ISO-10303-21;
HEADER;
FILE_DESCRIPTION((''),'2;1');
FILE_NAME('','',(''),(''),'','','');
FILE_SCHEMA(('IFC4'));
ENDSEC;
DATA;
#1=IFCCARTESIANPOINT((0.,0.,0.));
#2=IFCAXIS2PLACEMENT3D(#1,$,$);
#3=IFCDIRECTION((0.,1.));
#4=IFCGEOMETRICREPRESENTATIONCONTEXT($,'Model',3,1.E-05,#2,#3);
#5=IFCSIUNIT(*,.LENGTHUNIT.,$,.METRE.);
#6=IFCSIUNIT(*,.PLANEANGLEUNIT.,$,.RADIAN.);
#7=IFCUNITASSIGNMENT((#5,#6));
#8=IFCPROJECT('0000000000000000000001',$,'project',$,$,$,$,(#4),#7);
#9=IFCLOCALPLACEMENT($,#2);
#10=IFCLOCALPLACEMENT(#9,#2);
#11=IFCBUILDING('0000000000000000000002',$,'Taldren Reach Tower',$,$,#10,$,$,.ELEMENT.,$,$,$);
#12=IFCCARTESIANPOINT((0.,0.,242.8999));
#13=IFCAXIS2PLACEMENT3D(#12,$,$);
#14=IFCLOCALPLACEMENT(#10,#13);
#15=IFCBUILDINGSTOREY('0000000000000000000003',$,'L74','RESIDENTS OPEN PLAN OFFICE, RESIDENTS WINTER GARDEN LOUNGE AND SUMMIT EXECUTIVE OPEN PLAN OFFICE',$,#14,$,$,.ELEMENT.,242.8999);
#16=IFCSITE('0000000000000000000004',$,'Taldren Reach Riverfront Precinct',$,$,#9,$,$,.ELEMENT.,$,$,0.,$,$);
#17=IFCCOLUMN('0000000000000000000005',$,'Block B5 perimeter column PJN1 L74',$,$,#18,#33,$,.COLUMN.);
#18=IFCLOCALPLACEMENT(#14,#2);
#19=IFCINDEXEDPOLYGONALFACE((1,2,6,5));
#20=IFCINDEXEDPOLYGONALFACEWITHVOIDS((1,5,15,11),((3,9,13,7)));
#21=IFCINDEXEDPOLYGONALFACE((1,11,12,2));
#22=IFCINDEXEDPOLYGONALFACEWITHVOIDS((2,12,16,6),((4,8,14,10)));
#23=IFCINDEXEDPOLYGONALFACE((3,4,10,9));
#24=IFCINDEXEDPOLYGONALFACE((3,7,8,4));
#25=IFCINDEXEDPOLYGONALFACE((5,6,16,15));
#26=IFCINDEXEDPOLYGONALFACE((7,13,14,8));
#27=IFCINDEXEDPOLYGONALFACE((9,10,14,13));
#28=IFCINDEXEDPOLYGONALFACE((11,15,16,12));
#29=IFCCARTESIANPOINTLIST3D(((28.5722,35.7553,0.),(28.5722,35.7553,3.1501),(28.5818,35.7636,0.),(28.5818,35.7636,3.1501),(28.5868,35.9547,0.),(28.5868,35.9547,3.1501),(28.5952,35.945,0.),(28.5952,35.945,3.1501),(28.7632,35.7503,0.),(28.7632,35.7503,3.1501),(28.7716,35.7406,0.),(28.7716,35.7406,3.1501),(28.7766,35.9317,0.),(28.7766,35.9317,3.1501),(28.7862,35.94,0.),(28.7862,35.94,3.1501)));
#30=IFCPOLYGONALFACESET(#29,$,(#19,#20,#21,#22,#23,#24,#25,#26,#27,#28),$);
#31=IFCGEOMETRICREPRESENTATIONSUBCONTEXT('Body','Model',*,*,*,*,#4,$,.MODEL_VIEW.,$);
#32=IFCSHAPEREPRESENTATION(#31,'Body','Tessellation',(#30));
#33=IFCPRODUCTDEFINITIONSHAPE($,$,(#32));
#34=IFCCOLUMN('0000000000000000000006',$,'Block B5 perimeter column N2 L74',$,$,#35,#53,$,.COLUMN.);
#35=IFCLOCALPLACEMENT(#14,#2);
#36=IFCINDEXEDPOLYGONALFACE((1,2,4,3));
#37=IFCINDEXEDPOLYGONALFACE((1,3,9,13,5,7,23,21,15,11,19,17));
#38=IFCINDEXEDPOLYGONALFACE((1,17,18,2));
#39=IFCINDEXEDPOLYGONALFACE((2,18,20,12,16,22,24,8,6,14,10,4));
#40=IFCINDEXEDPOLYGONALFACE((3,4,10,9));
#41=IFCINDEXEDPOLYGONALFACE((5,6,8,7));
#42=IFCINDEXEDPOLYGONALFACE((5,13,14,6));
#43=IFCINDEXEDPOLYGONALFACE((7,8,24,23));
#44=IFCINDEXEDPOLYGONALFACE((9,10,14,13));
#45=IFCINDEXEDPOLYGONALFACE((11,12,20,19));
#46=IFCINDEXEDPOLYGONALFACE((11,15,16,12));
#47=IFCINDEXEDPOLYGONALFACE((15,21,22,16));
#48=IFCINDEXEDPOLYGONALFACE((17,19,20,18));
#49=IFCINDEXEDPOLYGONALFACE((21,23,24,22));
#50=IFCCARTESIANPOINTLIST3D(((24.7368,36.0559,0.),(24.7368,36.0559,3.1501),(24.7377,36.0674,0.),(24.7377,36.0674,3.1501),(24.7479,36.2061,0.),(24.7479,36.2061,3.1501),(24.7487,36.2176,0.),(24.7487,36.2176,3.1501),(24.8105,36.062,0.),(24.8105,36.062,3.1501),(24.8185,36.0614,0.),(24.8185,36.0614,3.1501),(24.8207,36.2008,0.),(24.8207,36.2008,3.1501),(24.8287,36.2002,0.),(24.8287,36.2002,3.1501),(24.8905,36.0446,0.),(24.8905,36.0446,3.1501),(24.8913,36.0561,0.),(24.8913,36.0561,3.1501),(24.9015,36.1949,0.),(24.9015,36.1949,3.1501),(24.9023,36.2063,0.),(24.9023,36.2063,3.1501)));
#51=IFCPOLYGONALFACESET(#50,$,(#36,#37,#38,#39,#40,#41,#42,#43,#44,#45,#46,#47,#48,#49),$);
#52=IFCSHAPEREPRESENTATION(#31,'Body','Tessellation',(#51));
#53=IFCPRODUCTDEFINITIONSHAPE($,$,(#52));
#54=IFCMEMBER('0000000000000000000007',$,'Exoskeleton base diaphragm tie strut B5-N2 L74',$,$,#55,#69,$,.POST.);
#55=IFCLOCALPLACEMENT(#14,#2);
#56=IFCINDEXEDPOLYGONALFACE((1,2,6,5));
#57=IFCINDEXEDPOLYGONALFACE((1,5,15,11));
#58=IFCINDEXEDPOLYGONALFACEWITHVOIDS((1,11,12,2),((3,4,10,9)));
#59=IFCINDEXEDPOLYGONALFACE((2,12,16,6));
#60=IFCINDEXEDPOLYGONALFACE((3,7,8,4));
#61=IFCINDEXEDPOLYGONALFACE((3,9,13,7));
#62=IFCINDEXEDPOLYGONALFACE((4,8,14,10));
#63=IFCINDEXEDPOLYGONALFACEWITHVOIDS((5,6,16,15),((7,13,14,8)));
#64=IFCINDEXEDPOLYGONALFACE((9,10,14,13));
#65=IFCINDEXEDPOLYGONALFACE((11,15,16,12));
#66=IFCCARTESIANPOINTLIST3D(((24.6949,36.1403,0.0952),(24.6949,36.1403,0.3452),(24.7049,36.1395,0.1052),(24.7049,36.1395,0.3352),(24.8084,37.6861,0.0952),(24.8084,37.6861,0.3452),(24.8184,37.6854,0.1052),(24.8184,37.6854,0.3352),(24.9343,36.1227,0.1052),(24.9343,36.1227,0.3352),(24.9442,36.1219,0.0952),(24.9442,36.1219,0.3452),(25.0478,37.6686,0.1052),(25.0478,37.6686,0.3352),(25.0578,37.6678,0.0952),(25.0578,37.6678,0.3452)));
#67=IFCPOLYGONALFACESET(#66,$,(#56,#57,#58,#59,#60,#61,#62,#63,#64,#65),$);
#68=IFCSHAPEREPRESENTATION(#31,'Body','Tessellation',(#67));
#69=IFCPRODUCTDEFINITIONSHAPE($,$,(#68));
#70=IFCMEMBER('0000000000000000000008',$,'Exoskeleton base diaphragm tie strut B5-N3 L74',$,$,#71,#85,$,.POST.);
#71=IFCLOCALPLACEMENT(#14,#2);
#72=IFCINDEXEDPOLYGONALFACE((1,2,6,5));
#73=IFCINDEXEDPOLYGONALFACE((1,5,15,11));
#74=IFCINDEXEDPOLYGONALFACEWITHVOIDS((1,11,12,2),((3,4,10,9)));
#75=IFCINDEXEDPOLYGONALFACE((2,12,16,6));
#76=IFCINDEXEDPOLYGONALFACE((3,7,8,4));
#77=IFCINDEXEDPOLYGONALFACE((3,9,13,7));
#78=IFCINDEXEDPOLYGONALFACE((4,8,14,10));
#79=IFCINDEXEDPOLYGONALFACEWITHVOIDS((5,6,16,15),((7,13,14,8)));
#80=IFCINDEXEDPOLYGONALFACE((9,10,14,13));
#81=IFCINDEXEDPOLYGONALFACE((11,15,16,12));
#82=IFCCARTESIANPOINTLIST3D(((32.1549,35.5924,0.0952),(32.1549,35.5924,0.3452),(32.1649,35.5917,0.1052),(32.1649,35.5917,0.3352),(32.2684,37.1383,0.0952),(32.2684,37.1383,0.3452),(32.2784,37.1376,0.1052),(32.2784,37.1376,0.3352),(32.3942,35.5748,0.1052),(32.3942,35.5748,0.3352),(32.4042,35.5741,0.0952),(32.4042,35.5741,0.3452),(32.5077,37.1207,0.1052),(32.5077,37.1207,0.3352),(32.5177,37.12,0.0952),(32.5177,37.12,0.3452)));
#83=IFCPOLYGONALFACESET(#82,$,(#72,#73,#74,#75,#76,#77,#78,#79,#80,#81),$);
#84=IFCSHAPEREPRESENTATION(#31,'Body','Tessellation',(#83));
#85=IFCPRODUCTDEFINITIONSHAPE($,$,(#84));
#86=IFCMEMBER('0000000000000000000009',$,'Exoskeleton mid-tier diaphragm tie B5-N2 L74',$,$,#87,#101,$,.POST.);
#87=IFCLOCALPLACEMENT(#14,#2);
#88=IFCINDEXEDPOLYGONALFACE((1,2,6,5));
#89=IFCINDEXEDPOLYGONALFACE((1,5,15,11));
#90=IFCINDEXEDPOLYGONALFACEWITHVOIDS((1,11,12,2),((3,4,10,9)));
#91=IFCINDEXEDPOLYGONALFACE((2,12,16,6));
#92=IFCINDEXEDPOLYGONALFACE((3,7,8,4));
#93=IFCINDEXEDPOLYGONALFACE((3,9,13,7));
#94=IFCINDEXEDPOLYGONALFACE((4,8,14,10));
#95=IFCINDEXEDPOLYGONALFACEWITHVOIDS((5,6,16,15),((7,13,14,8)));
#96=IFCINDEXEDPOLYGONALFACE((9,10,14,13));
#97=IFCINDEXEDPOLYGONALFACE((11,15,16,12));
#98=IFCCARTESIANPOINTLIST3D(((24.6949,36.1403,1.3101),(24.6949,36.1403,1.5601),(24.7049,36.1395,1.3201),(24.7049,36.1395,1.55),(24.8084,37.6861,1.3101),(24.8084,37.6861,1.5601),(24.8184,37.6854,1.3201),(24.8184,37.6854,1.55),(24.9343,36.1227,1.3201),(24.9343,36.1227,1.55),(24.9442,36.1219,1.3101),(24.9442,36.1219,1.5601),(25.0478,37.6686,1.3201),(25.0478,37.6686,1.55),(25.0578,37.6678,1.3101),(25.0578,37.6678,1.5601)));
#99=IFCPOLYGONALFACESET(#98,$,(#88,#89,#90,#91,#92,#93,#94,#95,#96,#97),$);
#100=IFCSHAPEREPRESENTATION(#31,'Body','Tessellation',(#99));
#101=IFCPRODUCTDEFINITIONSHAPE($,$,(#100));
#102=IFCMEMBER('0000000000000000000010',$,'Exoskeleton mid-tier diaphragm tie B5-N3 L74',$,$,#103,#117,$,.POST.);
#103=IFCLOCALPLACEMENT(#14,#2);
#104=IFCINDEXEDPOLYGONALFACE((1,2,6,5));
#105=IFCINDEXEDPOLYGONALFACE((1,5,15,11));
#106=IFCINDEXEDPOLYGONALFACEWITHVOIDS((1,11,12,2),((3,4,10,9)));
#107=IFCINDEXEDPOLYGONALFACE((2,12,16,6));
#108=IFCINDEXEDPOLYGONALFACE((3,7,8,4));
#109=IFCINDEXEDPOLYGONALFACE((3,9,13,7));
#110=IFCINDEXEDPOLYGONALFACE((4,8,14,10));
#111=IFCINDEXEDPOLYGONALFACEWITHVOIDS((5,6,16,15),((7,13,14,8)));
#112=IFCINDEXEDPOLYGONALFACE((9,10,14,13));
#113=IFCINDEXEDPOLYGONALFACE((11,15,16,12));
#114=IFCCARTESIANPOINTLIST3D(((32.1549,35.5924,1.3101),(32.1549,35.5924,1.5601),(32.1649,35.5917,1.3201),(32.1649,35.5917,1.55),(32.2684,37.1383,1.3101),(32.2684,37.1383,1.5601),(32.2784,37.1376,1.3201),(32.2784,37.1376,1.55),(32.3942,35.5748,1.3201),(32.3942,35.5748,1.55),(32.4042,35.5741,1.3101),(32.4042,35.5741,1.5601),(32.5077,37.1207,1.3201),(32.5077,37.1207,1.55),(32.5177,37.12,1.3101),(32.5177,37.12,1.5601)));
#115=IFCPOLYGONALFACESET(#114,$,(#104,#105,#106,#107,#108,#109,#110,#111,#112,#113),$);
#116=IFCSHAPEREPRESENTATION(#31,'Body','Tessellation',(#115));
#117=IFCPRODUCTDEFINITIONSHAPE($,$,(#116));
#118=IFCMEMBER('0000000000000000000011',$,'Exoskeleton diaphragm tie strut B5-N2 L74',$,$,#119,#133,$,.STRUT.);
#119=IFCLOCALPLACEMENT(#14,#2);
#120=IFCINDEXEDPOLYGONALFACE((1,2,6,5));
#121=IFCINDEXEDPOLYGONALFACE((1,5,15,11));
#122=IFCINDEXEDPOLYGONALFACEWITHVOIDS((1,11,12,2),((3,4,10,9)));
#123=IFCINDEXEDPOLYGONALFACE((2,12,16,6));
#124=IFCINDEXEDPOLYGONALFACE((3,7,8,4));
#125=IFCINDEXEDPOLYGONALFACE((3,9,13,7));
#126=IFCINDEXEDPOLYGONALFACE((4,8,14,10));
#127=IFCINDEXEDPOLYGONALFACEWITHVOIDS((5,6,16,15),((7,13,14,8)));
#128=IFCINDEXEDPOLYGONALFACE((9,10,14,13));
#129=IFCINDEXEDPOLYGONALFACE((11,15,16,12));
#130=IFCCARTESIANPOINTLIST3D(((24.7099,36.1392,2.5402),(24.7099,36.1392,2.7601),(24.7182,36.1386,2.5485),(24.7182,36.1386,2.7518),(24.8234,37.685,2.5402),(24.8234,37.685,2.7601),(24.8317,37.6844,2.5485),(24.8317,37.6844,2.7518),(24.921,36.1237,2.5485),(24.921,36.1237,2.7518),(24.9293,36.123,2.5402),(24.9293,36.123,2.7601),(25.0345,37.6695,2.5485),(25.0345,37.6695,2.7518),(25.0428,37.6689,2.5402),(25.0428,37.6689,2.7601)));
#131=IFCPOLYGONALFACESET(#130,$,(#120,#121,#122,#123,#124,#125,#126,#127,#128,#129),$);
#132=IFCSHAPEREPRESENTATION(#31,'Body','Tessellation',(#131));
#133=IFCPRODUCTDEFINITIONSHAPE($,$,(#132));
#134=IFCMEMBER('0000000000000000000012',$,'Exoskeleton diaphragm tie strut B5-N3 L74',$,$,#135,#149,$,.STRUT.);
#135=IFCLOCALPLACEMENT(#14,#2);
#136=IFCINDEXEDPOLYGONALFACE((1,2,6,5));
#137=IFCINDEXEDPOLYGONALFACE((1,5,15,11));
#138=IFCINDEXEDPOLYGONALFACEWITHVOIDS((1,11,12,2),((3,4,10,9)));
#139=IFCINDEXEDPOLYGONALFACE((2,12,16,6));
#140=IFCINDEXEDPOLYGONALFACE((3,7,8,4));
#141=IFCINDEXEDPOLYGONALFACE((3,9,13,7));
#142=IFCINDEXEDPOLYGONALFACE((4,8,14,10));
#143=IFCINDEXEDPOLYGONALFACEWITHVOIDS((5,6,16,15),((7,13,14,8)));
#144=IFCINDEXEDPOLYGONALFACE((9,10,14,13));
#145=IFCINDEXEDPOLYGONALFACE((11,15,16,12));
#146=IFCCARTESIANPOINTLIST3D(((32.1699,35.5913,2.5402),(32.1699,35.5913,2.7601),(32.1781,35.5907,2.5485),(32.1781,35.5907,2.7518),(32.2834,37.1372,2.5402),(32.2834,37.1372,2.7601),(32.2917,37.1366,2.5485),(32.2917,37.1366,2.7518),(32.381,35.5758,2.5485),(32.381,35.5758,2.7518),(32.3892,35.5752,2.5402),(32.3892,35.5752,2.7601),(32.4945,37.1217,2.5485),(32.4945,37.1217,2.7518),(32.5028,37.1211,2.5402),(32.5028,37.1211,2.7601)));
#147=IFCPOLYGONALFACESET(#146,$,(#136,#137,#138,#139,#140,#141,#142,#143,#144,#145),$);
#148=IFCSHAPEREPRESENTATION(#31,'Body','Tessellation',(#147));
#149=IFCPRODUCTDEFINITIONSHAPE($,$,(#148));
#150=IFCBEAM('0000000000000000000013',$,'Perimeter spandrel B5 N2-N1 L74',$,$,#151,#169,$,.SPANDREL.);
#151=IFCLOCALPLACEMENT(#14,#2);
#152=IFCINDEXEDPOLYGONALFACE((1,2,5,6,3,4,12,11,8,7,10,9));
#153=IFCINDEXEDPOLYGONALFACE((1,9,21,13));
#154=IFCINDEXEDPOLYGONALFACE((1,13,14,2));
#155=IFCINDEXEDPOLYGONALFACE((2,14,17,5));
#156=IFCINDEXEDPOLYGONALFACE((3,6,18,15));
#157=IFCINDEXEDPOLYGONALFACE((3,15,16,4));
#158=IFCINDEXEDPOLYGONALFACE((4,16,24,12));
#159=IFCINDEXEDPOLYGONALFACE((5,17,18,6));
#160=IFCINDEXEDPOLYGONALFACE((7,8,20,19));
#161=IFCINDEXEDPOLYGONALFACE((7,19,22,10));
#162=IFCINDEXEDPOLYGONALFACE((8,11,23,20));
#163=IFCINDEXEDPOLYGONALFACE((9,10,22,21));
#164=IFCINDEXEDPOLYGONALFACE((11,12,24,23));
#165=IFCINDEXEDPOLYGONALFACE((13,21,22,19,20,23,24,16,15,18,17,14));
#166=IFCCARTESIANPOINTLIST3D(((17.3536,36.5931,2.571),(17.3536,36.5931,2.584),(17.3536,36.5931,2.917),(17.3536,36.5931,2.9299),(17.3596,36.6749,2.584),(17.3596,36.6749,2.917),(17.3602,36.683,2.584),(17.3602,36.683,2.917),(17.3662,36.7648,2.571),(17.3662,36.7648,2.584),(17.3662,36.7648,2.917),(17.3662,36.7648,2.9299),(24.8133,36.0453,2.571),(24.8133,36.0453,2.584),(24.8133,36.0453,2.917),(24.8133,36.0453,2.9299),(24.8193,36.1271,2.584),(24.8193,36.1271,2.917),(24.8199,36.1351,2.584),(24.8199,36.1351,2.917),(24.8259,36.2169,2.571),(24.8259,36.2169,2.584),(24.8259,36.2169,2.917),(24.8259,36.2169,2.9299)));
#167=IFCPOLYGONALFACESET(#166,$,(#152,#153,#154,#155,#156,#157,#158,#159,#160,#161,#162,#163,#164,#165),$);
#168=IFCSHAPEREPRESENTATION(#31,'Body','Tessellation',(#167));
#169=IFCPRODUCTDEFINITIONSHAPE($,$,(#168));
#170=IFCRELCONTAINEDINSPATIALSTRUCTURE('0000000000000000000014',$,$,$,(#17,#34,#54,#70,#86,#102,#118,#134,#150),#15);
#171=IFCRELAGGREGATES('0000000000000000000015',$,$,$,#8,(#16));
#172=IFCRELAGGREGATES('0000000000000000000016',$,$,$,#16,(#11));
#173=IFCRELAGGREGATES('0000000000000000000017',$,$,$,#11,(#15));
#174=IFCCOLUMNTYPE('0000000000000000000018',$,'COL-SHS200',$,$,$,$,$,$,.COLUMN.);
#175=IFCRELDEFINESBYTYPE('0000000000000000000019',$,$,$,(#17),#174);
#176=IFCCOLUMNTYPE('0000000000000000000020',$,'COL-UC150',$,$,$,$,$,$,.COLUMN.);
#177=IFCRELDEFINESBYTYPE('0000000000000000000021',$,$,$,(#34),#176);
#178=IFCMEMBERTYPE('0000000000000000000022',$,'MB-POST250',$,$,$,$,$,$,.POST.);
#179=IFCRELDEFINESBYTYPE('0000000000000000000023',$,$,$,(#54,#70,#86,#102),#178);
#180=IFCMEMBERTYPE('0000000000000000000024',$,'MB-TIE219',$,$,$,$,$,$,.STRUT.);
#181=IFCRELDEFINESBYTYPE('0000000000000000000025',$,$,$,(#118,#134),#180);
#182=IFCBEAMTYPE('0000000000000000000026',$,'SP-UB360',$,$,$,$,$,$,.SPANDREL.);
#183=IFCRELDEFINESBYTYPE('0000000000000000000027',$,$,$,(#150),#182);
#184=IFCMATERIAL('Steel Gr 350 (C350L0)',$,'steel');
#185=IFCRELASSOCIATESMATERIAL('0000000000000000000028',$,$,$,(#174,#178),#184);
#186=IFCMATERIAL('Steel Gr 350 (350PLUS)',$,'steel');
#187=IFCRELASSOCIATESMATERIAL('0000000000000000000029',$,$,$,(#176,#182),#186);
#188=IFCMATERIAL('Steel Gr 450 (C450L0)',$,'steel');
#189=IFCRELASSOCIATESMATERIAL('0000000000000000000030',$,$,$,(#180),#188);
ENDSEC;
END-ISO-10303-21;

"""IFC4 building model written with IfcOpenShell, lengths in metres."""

from ifc_helpers import new_model, si_unit, direction, frame, origin, origin_2d, place, context, subcontext, project, spatial, hollow_rectangle, i_section, extrude, source, transform, mapped, material, material_profile, profile_set, type_object, element, save


model = new_model("IFC4")

# Units and contexts
model_context = context("Model", 3, precision=1e-05, world=origin(), true_north=direction((0.0, 1.0)))
body_context = subcontext(model_context, "Body", "Model", "MODEL_VIEW")
ifc_project = project(units=[si_unit("LENGTHUNIT", "METRE"), si_unit("PLANEANGLEUNIT", "RADIAN")], contexts=[model_context])

# Site, building, storey
site_placement = place(None, origin())
site = spatial("IfcSite", under=ifc_project, at=site_placement, Name="Taldren Reach Riverfront Precinct", CompositionType="ELEMENT", RefElevation=0.0)
building_placement = place(site_placement, origin())
building = spatial("IfcBuilding", under=site, at=building_placement, Name="Taldren Reach Tower", CompositionType="ELEMENT")
storey_placement = place(building_placement, frame((0.0, 0.0, 242.8999)))
storey = spatial("IfcBuildingStorey", under=building, at=storey_placement, Name="L74", Description="RESIDENTS OPEN PLAN OFFICE, RESIDENTS WINTER GARDEN LOUNGE AND SUMMIT EXECUTIVE OPEN PLAN OFFICE", CompositionType="ELEMENT", Elevation=242.8999)

# Columns
ifc_material_1 = material(Name="Steel Gr 350 (C350L0)", Category="steel")
ifc_material_profile_1 = material_profile(ifc_material_1, hollow_rectangle(XDim=0.2, YDim=0.2, WallThickness=0.009, at=origin_2d()), Name="200x200x9.0SHS")
ifc_profile_set_1 = profile_set([ifc_material_profile_1], Name="Steel Gr 350 (C350L0)")
column_type_1 = type_object("IfcColumnType", Name="COL-SHS200", PredefinedType="COLUMN", material=ifc_profile_set_1)
shared_shape_1 = source(origin(), body_context, "Body", "SweptSolid", [
    extrude(hollow_rectangle(XDim=0.2, YDim=0.2, WallThickness=0.009, at=origin_2d()), origin(), (0.0, 0.0, 1.0), 3.1501),
])
column_1_placement = place(storey_placement, frame((28.6792, 35.8477, 0.0), z_axis=(0.0, 0.0, 1.0), x_axis=(0.997314, -0.073238, 0.0)))
element("IfcColumn", 1, at=column_1_placement, inside=storey, type_object=column_type_1, Name="Block B5 perimeter column PJN1 L74", PredefinedType="COLUMN", context=body_context, shape_type="MappedRepresentation", body=[
    mapped(shared_shape_1, transform((0.0, 0.0, 0.0), scale=1.0)),
])
ifc_material_2 = material(Name="Steel Gr 350 (350PLUS)", Category="steel")
ifc_material_profile_2 = material_profile(ifc_material_2, i_section(OverallWidth=0.1541, OverallDepth=0.1621, WebThickness=0.0081, FlangeThickness=0.0115, at=origin_2d()), Name="150UC37.2")
ifc_profile_set_2 = profile_set([ifc_material_profile_2], Name="Steel Gr 350 (350PLUS)")
column_type_2 = type_object("IfcColumnType", Name="COL-UC150", PredefinedType="COLUMN", material=ifc_profile_set_2)
shared_shape_2 = source(origin(), body_context, "Body", "SweptSolid", [
    extrude(i_section(OverallWidth=0.1541, OverallDepth=0.1621, WebThickness=0.0081, FlangeThickness=0.0115, at=origin_2d()), origin(), (0.0, 0.0, 1.0), 3.1501),
])
column_2_placement = place(storey_placement, frame((24.8196, 36.1311, 0.0), z_axis=(0.0, 0.0, 1.0), x_axis=(0.997314, -0.073238, 0.0)))
element("IfcColumn", 2, at=column_2_placement, inside=storey, type_object=column_type_2, Name="Block B5 perimeter column N2 L74", PredefinedType="COLUMN", context=body_context, shape_type="MappedRepresentation", body=[
    mapped(shared_shape_2, transform((0.0, 0.0, 0.0), scale=1.0)),
])

# Members
ifc_material_profile_3 = material_profile(ifc_material_1, hollow_rectangle(XDim=0.25, YDim=0.25, WallThickness=0.01, at=origin_2d()), Name="250x250x10.0SHS")
ifc_profile_set_3 = profile_set([ifc_material_profile_3], Name="Steel Gr 350 (C350L0)")
member_type_1 = type_object("IfcMemberType", Name="MB-POST250", PredefinedType="POST", material=ifc_profile_set_3)
shared_shape_3 = source(origin(), body_context, "Body", "SweptSolid", [
    extrude(hollow_rectangle(XDim=0.25, YDim=0.25, WallThickness=0.01, at=origin_2d()), origin(), (0.0, 0.0, 1.0), 1.55),
])
for number, where, z_axis, x_axis, name in (
    (3, (24.8196, 36.1311, 0.2202), (0.073239, 0.997314, 0.0), (-0.997314, 0.073239, 0.0), "Exoskeleton base diaphragm tie strut B5-N2 L74"),
    (4, (32.2795, 35.5833, 0.2202), (0.073239, 0.997314, 0.0), (-0.997314, 0.073239, 0.0), "Exoskeleton base diaphragm tie strut B5-N3 L74"),
    (5, (24.8196, 36.1311, 1.4351), (0.073239, 0.997314, 0.0), (-0.997314, 0.073239, 0.0), "Exoskeleton mid-tier diaphragm tie B5-N2 L74"),
    (6, (32.2795, 35.5833, 1.4351), (0.073239, 0.997314, 0.0), (-0.997314, 0.073239, 0.0), "Exoskeleton mid-tier diaphragm tie B5-N3 L74"),
):
    element("IfcMember", number, at=place(storey_placement, frame(where, z_axis=z_axis, x_axis=x_axis)), inside=storey, type_object=member_type_1, Name=name, PredefinedType="POST", context=body_context, shape_type="MappedRepresentation", body=[
        mapped(shared_shape_3, transform((0.0, 0.0, 0.0), scale=1.0)),
    ])
ifc_material_3 = material(Name="Steel Gr 450 (C450L0)", Category="steel")
ifc_material_profile_4 = material_profile(ifc_material_3, hollow_rectangle(XDim=0.22, YDim=0.22, WallThickness=0.0083, at=origin_2d()), Name="220x220x8.2SHS")
ifc_profile_set_4 = profile_set([ifc_material_profile_4], Name="Steel Gr 450 (C450L0)")
member_type_2 = type_object("IfcMemberType", Name="MB-TIE219", PredefinedType="STRUT", material=ifc_profile_set_4)
shared_shape_4 = source(origin(), body_context, "Body", "SweptSolid", [
    extrude(hollow_rectangle(XDim=0.22, YDim=0.22, WallThickness=0.0083, at=origin_2d()), origin(), (0.0, 0.0, 1.0), 1.55),
])
for number, where, z_axis, x_axis, name in (
    (7, (24.8196, 36.1311, 2.6501), (0.073239, 0.997314, 0.0), (-0.997314, 0.073239, 0.0), "Exoskeleton diaphragm tie strut B5-N2 L74"),
    (8, (32.2795, 35.5833, 2.6501), (0.073239, 0.997314, 0.0), (-0.997314, 0.073239, 0.0), "Exoskeleton diaphragm tie strut B5-N3 L74"),
):
    element("IfcMember", number, at=place(storey_placement, frame(where, z_axis=z_axis, x_axis=x_axis)), inside=storey, type_object=member_type_2, Name=name, PredefinedType="STRUT", context=body_context, shape_type="MappedRepresentation", body=[
        mapped(shared_shape_4, transform((0.0, 0.0, 0.0), scale=1.0)),
    ])

# Beam
ifc_material_profile_5 = material_profile(ifc_material_2, i_section(OverallWidth=0.1721, OverallDepth=0.3589, WebThickness=0.0081, FlangeThickness=0.0129, at=origin_2d()), Name="360UB56.7")
ifc_profile_set_5 = profile_set([ifc_material_profile_5], Name="Steel Gr 350 (350PLUS)")
beam_type = type_object("IfcBeamType", Name="SP-UB360", PredefinedType="SPANDREL", material=ifc_profile_set_5)
shared_shape_5 = source(origin(), body_context, "Body", "SweptSolid", [
    extrude(i_section(OverallWidth=0.1721, OverallDepth=0.3589, WebThickness=0.0081, FlangeThickness=0.0129, at=origin_2d()), origin(), (0.0, 0.0, 1.0), 7.4797),
])
beam_1_placement = place(storey_placement, frame((24.8196, 36.1311, 2.7505), z_axis=(-0.997314, 0.073244, 0.0), x_axis=(-0.073244, -0.997314, 0.0)))
element("IfcBeam", 9, at=beam_1_placement, inside=storey, type_object=beam_type, Name="Perimeter spandrel B5 N2-N1 L74", PredefinedType="SPANDREL", context=body_context, shape_type="MappedRepresentation", body=[
    mapped(shared_shape_5, transform((0.0, 0.0, 0.0), scale=1.0)),
])

save(model, "model.ifc")
